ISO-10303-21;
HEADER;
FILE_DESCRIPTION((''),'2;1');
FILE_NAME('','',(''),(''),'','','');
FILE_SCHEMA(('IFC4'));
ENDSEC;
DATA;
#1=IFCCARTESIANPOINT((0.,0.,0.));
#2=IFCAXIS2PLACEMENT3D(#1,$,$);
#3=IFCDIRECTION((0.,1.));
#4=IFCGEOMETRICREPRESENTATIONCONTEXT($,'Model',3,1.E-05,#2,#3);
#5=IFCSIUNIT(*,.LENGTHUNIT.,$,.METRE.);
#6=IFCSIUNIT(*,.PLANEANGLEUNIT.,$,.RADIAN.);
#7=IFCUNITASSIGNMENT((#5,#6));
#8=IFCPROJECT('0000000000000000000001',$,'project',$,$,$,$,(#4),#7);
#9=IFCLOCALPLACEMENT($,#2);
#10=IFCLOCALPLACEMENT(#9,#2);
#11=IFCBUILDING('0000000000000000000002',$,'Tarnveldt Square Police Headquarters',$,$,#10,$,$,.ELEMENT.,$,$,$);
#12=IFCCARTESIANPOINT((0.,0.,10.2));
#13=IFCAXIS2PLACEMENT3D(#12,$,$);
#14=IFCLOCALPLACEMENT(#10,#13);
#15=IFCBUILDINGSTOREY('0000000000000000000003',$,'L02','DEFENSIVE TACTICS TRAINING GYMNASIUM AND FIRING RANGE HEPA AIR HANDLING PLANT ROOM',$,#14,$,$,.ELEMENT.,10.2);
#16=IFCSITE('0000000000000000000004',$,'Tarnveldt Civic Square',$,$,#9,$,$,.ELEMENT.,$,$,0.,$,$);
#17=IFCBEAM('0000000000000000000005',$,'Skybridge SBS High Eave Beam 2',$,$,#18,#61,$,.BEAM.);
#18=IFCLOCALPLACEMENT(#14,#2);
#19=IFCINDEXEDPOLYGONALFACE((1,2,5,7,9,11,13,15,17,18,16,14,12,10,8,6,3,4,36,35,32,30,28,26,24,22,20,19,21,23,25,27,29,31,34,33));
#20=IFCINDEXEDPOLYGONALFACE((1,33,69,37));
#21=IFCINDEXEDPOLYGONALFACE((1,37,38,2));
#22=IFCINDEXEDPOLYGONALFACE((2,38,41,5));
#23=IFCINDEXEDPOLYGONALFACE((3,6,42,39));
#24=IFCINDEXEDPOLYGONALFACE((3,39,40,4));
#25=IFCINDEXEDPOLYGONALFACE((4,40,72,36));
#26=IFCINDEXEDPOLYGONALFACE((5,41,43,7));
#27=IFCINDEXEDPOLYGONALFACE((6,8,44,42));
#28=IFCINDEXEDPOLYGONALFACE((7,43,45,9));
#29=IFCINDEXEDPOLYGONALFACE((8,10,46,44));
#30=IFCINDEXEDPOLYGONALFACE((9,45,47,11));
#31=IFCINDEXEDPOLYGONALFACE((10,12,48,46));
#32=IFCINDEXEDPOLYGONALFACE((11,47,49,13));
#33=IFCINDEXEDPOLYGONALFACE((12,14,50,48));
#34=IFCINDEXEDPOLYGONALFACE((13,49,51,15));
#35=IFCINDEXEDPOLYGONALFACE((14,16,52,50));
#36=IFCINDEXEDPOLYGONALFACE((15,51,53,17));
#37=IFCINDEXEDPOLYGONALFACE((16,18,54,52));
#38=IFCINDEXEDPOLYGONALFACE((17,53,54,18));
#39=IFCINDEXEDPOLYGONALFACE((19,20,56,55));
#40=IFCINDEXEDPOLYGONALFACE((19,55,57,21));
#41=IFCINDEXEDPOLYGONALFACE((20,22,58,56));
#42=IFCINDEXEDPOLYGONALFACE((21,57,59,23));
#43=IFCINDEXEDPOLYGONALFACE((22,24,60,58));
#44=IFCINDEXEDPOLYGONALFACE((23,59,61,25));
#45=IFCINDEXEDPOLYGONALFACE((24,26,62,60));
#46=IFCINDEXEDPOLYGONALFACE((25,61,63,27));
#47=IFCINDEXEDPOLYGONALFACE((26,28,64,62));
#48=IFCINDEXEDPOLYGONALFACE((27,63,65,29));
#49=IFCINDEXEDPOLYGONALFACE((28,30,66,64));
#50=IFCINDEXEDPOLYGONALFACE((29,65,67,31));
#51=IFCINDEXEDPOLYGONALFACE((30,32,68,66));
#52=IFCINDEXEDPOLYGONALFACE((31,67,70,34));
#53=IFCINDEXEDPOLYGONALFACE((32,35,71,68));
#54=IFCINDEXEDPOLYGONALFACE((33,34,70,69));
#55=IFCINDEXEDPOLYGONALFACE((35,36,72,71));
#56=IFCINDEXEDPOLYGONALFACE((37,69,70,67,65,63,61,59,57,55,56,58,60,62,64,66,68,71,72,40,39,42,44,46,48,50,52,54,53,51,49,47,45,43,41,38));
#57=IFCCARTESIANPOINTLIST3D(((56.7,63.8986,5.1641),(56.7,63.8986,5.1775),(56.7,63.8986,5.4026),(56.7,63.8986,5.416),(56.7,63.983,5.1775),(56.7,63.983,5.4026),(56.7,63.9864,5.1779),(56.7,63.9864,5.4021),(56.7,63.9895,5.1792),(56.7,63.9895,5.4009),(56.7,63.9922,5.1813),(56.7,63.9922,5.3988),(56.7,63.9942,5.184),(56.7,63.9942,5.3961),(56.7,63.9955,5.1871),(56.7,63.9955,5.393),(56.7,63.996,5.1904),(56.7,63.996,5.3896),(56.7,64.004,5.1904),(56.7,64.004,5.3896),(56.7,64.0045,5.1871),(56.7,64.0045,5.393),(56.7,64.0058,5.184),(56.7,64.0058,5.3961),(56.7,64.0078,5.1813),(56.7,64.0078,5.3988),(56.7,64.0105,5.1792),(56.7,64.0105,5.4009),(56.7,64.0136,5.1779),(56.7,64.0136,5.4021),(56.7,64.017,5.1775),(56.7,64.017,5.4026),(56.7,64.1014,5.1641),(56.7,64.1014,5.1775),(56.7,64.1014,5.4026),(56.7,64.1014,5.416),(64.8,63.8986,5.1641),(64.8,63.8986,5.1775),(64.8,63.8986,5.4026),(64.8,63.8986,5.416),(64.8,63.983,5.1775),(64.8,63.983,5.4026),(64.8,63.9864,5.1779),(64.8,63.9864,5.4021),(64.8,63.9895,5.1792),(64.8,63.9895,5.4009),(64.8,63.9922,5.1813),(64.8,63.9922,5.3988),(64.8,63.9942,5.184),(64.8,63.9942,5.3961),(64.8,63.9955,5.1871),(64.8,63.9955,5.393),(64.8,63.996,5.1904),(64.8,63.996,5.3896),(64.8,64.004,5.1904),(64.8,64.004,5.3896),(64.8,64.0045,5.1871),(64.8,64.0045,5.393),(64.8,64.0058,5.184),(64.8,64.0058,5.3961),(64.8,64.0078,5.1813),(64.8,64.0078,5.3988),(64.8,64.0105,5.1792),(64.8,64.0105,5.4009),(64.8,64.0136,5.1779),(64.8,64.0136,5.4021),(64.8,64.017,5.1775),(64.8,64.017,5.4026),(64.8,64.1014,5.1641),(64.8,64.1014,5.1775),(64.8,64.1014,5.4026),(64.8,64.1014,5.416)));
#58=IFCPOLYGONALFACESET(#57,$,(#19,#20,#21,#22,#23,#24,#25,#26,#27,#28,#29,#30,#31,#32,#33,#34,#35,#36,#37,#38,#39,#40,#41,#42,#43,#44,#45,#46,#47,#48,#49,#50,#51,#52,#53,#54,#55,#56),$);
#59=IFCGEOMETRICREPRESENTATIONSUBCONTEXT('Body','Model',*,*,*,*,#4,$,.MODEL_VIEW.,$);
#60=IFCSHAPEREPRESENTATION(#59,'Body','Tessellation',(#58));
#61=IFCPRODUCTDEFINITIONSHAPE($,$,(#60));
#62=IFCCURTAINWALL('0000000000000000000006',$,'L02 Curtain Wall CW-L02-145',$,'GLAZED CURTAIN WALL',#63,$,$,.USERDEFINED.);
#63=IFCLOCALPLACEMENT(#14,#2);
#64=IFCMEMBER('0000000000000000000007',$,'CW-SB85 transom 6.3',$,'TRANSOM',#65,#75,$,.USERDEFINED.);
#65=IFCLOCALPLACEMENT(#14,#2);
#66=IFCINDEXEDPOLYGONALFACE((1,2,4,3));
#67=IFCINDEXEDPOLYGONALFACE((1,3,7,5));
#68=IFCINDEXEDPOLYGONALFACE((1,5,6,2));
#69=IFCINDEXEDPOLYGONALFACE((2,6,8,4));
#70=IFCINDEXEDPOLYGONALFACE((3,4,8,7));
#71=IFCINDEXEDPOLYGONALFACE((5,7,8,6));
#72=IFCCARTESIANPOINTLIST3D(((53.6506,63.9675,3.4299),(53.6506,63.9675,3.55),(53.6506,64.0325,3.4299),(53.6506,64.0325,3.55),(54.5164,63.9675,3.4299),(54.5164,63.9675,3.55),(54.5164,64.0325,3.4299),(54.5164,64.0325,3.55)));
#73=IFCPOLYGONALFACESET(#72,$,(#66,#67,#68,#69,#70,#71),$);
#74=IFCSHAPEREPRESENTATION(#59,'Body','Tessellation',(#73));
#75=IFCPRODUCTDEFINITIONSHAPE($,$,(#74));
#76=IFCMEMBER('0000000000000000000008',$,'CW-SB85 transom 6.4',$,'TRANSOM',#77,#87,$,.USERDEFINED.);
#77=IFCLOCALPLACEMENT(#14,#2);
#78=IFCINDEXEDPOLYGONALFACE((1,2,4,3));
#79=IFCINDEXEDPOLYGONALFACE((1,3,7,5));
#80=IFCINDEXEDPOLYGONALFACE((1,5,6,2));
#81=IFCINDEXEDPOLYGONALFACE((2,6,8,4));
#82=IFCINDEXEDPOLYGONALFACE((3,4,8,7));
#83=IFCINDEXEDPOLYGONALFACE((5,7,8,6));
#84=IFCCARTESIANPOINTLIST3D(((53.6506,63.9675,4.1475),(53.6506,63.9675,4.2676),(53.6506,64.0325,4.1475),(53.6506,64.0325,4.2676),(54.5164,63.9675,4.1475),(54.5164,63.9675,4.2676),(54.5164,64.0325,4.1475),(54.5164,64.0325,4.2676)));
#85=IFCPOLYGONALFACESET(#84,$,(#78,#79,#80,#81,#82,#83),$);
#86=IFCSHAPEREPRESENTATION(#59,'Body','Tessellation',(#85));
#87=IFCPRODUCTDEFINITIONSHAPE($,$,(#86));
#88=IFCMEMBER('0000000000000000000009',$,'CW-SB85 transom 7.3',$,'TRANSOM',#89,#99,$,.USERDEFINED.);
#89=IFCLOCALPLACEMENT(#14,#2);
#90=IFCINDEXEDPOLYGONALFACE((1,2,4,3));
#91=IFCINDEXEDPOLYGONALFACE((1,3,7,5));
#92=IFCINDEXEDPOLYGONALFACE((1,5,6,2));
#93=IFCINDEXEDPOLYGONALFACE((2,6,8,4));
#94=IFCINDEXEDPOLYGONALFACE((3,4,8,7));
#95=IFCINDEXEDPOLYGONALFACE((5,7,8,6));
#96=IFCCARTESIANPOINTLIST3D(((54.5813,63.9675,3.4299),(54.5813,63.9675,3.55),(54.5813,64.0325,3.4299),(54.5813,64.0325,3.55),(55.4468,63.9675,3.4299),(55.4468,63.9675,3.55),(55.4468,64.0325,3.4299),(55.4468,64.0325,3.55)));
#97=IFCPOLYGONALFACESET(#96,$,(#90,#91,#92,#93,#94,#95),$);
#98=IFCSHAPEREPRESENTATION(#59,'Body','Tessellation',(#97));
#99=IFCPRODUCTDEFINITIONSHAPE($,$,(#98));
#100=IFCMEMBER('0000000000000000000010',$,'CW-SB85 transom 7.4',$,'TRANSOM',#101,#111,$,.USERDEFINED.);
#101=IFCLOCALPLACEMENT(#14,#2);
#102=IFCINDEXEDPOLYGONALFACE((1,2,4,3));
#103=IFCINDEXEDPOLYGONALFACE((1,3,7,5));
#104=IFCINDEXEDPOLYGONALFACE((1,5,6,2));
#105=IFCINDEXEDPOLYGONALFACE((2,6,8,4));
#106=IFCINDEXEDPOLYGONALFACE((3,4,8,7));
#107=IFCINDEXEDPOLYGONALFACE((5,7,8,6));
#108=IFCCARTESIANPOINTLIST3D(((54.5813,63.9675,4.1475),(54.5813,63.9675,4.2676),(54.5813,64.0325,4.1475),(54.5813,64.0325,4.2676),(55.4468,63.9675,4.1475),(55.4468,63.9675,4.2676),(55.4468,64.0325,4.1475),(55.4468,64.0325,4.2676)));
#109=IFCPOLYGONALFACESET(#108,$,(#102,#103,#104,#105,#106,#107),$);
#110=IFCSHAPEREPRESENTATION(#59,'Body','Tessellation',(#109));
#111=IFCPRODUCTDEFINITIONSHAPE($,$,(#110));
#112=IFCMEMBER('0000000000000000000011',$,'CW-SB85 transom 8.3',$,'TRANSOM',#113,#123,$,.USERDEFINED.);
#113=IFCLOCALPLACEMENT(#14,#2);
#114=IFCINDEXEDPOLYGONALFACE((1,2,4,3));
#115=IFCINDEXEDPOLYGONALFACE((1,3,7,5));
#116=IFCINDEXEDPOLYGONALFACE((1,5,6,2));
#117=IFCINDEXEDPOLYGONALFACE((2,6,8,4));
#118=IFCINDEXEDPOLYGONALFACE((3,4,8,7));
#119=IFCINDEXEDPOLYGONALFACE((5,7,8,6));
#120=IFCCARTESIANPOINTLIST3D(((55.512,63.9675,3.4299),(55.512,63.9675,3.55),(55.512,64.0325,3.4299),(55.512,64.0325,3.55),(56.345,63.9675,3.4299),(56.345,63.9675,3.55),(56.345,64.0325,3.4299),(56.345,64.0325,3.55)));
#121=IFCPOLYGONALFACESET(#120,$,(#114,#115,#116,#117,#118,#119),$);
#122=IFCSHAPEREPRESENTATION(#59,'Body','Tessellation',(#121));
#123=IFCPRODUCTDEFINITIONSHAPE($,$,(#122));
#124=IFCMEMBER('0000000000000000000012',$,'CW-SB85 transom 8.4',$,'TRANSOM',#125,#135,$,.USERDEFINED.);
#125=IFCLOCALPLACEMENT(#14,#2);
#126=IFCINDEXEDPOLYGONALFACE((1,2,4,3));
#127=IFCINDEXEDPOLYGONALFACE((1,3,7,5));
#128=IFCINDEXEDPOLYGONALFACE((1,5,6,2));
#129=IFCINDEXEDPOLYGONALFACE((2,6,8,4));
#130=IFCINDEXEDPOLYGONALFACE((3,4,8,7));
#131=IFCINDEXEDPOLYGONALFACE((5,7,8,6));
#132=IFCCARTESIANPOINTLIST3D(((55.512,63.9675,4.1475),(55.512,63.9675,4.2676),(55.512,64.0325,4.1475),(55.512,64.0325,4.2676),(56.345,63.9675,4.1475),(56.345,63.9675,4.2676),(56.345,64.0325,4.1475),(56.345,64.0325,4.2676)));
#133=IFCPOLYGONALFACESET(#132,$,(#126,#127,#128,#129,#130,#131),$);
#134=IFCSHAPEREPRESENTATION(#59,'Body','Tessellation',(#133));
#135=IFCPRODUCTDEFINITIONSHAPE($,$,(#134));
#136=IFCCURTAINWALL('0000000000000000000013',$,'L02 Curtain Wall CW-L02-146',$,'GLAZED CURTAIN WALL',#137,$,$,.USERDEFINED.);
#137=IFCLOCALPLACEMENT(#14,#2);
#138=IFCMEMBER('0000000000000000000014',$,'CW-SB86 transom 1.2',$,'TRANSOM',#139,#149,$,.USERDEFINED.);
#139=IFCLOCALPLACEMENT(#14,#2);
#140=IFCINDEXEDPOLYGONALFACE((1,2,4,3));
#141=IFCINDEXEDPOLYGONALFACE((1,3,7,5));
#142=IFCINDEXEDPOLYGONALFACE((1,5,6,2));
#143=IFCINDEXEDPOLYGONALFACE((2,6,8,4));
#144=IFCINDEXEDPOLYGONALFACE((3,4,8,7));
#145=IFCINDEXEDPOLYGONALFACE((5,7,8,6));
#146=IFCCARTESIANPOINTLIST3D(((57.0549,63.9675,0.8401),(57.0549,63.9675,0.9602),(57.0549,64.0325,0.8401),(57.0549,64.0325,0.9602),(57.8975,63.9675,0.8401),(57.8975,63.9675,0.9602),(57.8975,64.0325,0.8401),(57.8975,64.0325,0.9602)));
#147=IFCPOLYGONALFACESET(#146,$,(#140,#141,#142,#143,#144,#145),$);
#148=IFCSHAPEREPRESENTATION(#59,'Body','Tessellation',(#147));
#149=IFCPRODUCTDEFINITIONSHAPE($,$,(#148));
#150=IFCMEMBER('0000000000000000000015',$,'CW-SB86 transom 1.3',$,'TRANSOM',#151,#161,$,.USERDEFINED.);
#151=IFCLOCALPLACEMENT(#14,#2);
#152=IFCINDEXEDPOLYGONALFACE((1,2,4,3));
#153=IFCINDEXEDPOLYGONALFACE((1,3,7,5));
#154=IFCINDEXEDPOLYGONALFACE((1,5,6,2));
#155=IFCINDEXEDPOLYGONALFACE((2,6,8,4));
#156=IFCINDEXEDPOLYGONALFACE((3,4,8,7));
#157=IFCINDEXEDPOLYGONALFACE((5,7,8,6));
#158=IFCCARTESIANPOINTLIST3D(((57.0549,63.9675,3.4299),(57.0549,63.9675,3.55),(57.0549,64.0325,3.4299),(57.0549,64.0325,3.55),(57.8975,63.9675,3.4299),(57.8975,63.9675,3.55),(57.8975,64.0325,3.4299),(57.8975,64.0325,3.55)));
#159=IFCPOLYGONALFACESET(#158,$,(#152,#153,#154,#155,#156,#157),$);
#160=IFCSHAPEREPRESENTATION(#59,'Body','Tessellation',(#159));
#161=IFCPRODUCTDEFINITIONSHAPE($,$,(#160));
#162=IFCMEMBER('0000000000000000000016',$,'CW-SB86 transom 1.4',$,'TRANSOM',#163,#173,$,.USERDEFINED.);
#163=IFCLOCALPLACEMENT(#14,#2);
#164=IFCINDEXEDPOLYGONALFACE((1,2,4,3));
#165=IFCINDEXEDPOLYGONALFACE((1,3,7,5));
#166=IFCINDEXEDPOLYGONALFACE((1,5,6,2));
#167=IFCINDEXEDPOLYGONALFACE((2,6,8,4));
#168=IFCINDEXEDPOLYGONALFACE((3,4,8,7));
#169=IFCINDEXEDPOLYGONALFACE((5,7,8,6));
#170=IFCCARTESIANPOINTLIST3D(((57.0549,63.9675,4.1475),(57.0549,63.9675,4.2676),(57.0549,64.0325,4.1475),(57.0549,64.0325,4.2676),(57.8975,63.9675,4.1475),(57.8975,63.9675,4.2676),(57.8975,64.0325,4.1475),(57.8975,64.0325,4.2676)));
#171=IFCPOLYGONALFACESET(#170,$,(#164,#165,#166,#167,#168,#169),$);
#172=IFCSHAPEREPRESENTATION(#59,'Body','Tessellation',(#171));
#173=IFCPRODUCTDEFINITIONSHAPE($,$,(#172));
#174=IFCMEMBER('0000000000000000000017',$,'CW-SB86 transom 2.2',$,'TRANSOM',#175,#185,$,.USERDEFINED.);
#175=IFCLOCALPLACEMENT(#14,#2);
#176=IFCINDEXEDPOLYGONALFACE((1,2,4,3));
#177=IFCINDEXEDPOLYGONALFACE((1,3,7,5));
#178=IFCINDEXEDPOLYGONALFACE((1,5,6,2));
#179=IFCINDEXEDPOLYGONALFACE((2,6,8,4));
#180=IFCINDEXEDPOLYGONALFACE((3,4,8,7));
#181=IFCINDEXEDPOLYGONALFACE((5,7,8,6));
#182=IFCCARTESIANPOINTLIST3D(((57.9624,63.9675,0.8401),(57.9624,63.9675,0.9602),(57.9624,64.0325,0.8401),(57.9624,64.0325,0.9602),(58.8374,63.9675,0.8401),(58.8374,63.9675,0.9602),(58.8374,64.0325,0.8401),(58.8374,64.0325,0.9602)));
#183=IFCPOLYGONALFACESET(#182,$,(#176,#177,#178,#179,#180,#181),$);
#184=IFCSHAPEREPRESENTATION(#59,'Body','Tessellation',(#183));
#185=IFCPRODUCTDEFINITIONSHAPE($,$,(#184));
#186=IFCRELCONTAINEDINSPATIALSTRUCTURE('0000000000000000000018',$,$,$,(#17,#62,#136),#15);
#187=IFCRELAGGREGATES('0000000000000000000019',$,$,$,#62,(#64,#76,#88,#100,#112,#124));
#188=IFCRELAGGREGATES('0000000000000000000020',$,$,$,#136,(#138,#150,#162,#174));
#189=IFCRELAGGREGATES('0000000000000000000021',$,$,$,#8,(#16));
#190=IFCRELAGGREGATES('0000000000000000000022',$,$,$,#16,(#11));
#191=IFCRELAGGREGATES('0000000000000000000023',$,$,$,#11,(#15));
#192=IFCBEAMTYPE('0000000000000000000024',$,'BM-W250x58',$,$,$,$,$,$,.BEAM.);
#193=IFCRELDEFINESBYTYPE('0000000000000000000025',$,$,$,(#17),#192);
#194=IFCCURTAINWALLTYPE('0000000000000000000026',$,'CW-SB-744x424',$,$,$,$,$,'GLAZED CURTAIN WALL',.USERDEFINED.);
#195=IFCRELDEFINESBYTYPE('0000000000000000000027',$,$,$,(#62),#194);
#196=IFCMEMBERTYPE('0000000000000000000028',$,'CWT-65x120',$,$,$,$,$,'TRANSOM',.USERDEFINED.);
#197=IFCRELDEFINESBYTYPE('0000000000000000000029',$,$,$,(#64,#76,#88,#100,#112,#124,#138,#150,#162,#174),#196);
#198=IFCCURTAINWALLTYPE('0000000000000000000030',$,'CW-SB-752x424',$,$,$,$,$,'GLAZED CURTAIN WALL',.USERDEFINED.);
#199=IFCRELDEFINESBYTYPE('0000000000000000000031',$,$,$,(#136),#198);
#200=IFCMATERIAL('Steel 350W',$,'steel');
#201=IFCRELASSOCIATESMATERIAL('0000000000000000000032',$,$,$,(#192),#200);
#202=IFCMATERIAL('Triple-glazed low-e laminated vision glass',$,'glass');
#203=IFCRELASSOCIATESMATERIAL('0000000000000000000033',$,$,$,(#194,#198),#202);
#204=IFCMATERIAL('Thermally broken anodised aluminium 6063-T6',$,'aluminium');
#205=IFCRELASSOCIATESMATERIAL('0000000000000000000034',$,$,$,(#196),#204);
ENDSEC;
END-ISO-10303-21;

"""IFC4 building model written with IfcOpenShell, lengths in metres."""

from ifc_helpers import new_model, si_unit, direction, frame, origin, origin_2d, place, context, subcontext, project, spatial, rectangle, i_section, extrude, material, material_profile, profile_set, type_object, element, aggregate, save


model = new_model("IFC4")

# Units and contexts
model_context = context("Model", 3, precision=1e-05, world=origin(), true_north=direction((0.0, 1.0)))
body_context = subcontext(model_context, "Body", "Model", "MODEL_VIEW")
ifc_project = project(units=[si_unit("LENGTHUNIT", "METRE"), si_unit("PLANEANGLEUNIT", "RADIAN")], contexts=[model_context])

# Site, building, storey
site_placement = place(None, origin())
site = spatial("IfcSite", under=ifc_project, at=site_placement, Name="Tarnveldt Civic Square", CompositionType="ELEMENT", RefElevation=0.0)
building_placement = place(site_placement, origin())
building = spatial("IfcBuilding", under=site, at=building_placement, Name="Tarnveldt Square Police Headquarters", CompositionType="ELEMENT")
storey_placement = place(building_placement, frame((0.0, 0.0, 10.2)))
storey = spatial("IfcBuildingStorey", under=building, at=storey_placement, Name="L02", Description="DEFENSIVE TACTICS TRAINING GYMNASIUM AND FIRING RANGE HEPA AIR HANDLING PLANT ROOM", CompositionType="ELEMENT", Elevation=10.2)

# Beam
ifc_material_1 = material(Name="Steel 350W", Category="steel")
ifc_material_profile_1 = material_profile(ifc_material_1, i_section(OverallWidth=0.2029, OverallDepth=0.252, WebThickness=0.0081, FlangeThickness=0.0134, FilletRadius=0.0129, at=origin_2d()), Name="W250x58")
ifc_profile_set_1 = profile_set([ifc_material_profile_1], Name="Steel 350W")
beam_type = type_object("IfcBeamType", Name="BM-W250x58", PredefinedType="BEAM", material=ifc_profile_set_1)
beam_placement = place(storey_placement, frame((56.7, 64.0, 5.29), z_axis=(1.0, 0.0, 0.0), x_axis=(0.0, 1.0, 0.0)))
element("IfcBeam", 1, at=beam_placement, inside=storey, type_object=beam_type, Name="Skybridge SBS High Eave Beam 2", PredefinedType="BEAM", context=body_context, shape_type="SweptSolid", body=[
    extrude(i_section(OverallWidth=0.2029, OverallDepth=0.252, WebThickness=0.0081, FlangeThickness=0.0134, FilletRadius=0.0129, at=origin_2d()), origin(), (0.0, 0.0, 1.0), 8.1001),
])

# Curtain walls, members
ifc_material_2 = material(Name="Triple-glazed low-e laminated vision glass", Category="glass")
curtain_wall_type_1 = type_object("IfcCurtainWallType", Name="CW-SB-744x424", ElementType="GLAZED CURTAIN WALL", PredefinedType="USERDEFINED", material=ifc_material_2)
curtain_wall_1_placement = place(storey_placement, origin())
curtain_wall_1 = element("IfcCurtainWall", 2, at=curtain_wall_1_placement, inside=storey, type_object=curtain_wall_type_1, Name="L02 Curtain Wall CW-L02-145", ObjectType="GLAZED CURTAIN WALL", PredefinedType="USERDEFINED")
ifc_material_3 = material(Name="Thermally broken anodised aluminium 6063-T6", Category="aluminium")
ifc_material_profile_2 = material_profile(ifc_material_3, rectangle(XDim=0.0649, YDim=0.1201, at=origin_2d()), Name="CW-T65x120")
ifc_profile_set_2 = profile_set([ifc_material_profile_2], Name="Thermally broken anodised aluminium 6063-T6")
member_type_1 = type_object("IfcMemberType", Name="CWT-65x120", ElementType="TRANSOM", PredefinedType="USERDEFINED", material=ifc_profile_set_2)
member_1_placement = place(storey_placement, frame((53.6506, 64.0, 3.49), z_axis=(1.0, 0.0, 0.0), x_axis=(0.0, 1.0, 0.0)))
member_1 = element("IfcMember", 3, at=member_1_placement, type_object=member_type_1, Name="CW-SB85 transom 6.3", ObjectType="TRANSOM", PredefinedType="USERDEFINED", context=body_context, shape_type="SweptSolid", body=[
    extrude(rectangle(XDim=0.0649, YDim=0.1201, at=origin_2d()), origin(), (0.0, 0.0, 1.0), 0.8657),
])
member_2_placement = place(storey_placement, frame((53.6506, 64.0, 4.2075), z_axis=(1.0, 0.0, 0.0), x_axis=(0.0, 1.0, 0.0)))
member_2 = element("IfcMember", 4, at=member_2_placement, type_object=member_type_1, Name="CW-SB85 transom 6.4", ObjectType="TRANSOM", PredefinedType="USERDEFINED", context=body_context, shape_type="SweptSolid", body=[
    extrude(rectangle(XDim=0.0649, YDim=0.1201, at=origin_2d()), origin(), (0.0, 0.0, 1.0), 0.8657),
])
member_3_placement = place(storey_placement, frame((54.5813, 64.0, 3.49), z_axis=(1.0, 0.0, 0.0), x_axis=(0.0, 1.0, 0.0)))
member_3 = element("IfcMember", 5, at=member_3_placement, type_object=member_type_1, Name="CW-SB85 transom 7.3", ObjectType="TRANSOM", PredefinedType="USERDEFINED", context=body_context, shape_type="SweptSolid", body=[
    extrude(rectangle(XDim=0.0649, YDim=0.1201, at=origin_2d()), origin(), (0.0, 0.0, 1.0), 0.8655),
])
member_4_placement = place(storey_placement, frame((54.5813, 64.0, 4.2075), z_axis=(1.0, 0.0, 0.0), x_axis=(0.0, 1.0, 0.0)))
member_4 = element("IfcMember", 6, at=member_4_placement, type_object=member_type_1, Name="CW-SB85 transom 7.4", ObjectType="TRANSOM", PredefinedType="USERDEFINED", context=body_context, shape_type="SweptSolid", body=[
    extrude(rectangle(XDim=0.0649, YDim=0.1201, at=origin_2d()), origin(), (0.0, 0.0, 1.0), 0.8655),
])
member_5_placement = place(storey_placement, frame((55.512, 64.0, 3.49), z_axis=(1.0, 0.0, 0.0), x_axis=(0.0, 1.0, 0.0)))
member_5 = element("IfcMember", 7, at=member_5_placement, type_object=member_type_1, Name="CW-SB85 transom 8.3", ObjectType="TRANSOM", PredefinedType="USERDEFINED", context=body_context, shape_type="SweptSolid", body=[
    extrude(rectangle(XDim=0.0649, YDim=0.1201, at=origin_2d()), origin(), (0.0, 0.0, 1.0), 0.833),
])
member_6_placement = place(storey_placement, frame((55.512, 64.0, 4.2075), z_axis=(1.0, 0.0, 0.0), x_axis=(0.0, 1.0, 0.0)))
member_6 = element("IfcMember", 8, at=member_6_placement, type_object=member_type_1, Name="CW-SB85 transom 8.4", ObjectType="TRANSOM", PredefinedType="USERDEFINED", context=body_context, shape_type="SweptSolid", body=[
    extrude(rectangle(XDim=0.0649, YDim=0.1201, at=origin_2d()), origin(), (0.0, 0.0, 1.0), 0.833),
])
curtain_wall_type_2 = type_object("IfcCurtainWallType", Name="CW-SB-752x424", ElementType="GLAZED CURTAIN WALL", PredefinedType="USERDEFINED", material=ifc_material_2)
curtain_wall_2_placement = place(storey_placement, origin())
curtain_wall_2 = element("IfcCurtainWall", 9, at=curtain_wall_2_placement, inside=storey, type_object=curtain_wall_type_2, Name="L02 Curtain Wall CW-L02-146", ObjectType="GLAZED CURTAIN WALL", PredefinedType="USERDEFINED")
member_7_placement = place(storey_placement, frame((57.0549, 64.0, 0.9001), z_axis=(1.0, 0.0, 0.0), x_axis=(0.0, 1.0, 0.0)))
member_7 = element("IfcMember", 10, at=member_7_placement, type_object=member_type_1, Name="CW-SB86 transom 1.2", ObjectType="TRANSOM", PredefinedType="USERDEFINED", context=body_context, shape_type="SweptSolid", body=[
    extrude(rectangle(XDim=0.0649, YDim=0.1201, at=origin_2d()), origin(), (0.0, 0.0, 1.0), 0.8425),
])
member_8_placement = place(storey_placement, frame((57.0549, 64.0, 3.49), z_axis=(1.0, 0.0, 0.0), x_axis=(0.0, 1.0, 0.0)))
member_8 = element("IfcMember", 11, at=member_8_placement, type_object=member_type_1, Name="CW-SB86 transom 1.3", ObjectType="TRANSOM", PredefinedType="USERDEFINED", context=body_context, shape_type="SweptSolid", body=[
    extrude(rectangle(XDim=0.0649, YDim=0.1201, at=origin_2d()), origin(), (0.0, 0.0, 1.0), 0.8425),
])
member_9_placement = place(storey_placement, frame((57.0549, 64.0, 4.2075), z_axis=(1.0, 0.0, 0.0), x_axis=(0.0, 1.0, 0.0)))
member_9 = element("IfcMember", 12, at=member_9_placement, type_object=member_type_1, Name="CW-SB86 transom 1.4", ObjectType="TRANSOM", PredefinedType="USERDEFINED", context=body_context, shape_type="SweptSolid", body=[
    extrude(rectangle(XDim=0.0649, YDim=0.1201, at=origin_2d()), origin(), (0.0, 0.0, 1.0), 0.8425),
])
member_10_placement = place(storey_placement, frame((57.9624, 64.0, 0.9001), z_axis=(1.0, 0.0, 0.0), x_axis=(0.0, 1.0, 0.0)))
member_10 = element("IfcMember", 13, at=member_10_placement, type_object=member_type_1, Name="CW-SB86 transom 2.2", ObjectType="TRANSOM", PredefinedType="USERDEFINED", context=body_context, shape_type="SweptSolid", body=[
    extrude(rectangle(XDim=0.0649, YDim=0.1201, at=origin_2d()), origin(), (0.0, 0.0, 1.0), 0.875),
])

aggregate(curtain_wall_1, [member_1, member_2, member_3, member_4, member_5, member_6])
aggregate(curtain_wall_2, [member_7, member_8, member_9, member_10])

save(model, "model.ifc")
